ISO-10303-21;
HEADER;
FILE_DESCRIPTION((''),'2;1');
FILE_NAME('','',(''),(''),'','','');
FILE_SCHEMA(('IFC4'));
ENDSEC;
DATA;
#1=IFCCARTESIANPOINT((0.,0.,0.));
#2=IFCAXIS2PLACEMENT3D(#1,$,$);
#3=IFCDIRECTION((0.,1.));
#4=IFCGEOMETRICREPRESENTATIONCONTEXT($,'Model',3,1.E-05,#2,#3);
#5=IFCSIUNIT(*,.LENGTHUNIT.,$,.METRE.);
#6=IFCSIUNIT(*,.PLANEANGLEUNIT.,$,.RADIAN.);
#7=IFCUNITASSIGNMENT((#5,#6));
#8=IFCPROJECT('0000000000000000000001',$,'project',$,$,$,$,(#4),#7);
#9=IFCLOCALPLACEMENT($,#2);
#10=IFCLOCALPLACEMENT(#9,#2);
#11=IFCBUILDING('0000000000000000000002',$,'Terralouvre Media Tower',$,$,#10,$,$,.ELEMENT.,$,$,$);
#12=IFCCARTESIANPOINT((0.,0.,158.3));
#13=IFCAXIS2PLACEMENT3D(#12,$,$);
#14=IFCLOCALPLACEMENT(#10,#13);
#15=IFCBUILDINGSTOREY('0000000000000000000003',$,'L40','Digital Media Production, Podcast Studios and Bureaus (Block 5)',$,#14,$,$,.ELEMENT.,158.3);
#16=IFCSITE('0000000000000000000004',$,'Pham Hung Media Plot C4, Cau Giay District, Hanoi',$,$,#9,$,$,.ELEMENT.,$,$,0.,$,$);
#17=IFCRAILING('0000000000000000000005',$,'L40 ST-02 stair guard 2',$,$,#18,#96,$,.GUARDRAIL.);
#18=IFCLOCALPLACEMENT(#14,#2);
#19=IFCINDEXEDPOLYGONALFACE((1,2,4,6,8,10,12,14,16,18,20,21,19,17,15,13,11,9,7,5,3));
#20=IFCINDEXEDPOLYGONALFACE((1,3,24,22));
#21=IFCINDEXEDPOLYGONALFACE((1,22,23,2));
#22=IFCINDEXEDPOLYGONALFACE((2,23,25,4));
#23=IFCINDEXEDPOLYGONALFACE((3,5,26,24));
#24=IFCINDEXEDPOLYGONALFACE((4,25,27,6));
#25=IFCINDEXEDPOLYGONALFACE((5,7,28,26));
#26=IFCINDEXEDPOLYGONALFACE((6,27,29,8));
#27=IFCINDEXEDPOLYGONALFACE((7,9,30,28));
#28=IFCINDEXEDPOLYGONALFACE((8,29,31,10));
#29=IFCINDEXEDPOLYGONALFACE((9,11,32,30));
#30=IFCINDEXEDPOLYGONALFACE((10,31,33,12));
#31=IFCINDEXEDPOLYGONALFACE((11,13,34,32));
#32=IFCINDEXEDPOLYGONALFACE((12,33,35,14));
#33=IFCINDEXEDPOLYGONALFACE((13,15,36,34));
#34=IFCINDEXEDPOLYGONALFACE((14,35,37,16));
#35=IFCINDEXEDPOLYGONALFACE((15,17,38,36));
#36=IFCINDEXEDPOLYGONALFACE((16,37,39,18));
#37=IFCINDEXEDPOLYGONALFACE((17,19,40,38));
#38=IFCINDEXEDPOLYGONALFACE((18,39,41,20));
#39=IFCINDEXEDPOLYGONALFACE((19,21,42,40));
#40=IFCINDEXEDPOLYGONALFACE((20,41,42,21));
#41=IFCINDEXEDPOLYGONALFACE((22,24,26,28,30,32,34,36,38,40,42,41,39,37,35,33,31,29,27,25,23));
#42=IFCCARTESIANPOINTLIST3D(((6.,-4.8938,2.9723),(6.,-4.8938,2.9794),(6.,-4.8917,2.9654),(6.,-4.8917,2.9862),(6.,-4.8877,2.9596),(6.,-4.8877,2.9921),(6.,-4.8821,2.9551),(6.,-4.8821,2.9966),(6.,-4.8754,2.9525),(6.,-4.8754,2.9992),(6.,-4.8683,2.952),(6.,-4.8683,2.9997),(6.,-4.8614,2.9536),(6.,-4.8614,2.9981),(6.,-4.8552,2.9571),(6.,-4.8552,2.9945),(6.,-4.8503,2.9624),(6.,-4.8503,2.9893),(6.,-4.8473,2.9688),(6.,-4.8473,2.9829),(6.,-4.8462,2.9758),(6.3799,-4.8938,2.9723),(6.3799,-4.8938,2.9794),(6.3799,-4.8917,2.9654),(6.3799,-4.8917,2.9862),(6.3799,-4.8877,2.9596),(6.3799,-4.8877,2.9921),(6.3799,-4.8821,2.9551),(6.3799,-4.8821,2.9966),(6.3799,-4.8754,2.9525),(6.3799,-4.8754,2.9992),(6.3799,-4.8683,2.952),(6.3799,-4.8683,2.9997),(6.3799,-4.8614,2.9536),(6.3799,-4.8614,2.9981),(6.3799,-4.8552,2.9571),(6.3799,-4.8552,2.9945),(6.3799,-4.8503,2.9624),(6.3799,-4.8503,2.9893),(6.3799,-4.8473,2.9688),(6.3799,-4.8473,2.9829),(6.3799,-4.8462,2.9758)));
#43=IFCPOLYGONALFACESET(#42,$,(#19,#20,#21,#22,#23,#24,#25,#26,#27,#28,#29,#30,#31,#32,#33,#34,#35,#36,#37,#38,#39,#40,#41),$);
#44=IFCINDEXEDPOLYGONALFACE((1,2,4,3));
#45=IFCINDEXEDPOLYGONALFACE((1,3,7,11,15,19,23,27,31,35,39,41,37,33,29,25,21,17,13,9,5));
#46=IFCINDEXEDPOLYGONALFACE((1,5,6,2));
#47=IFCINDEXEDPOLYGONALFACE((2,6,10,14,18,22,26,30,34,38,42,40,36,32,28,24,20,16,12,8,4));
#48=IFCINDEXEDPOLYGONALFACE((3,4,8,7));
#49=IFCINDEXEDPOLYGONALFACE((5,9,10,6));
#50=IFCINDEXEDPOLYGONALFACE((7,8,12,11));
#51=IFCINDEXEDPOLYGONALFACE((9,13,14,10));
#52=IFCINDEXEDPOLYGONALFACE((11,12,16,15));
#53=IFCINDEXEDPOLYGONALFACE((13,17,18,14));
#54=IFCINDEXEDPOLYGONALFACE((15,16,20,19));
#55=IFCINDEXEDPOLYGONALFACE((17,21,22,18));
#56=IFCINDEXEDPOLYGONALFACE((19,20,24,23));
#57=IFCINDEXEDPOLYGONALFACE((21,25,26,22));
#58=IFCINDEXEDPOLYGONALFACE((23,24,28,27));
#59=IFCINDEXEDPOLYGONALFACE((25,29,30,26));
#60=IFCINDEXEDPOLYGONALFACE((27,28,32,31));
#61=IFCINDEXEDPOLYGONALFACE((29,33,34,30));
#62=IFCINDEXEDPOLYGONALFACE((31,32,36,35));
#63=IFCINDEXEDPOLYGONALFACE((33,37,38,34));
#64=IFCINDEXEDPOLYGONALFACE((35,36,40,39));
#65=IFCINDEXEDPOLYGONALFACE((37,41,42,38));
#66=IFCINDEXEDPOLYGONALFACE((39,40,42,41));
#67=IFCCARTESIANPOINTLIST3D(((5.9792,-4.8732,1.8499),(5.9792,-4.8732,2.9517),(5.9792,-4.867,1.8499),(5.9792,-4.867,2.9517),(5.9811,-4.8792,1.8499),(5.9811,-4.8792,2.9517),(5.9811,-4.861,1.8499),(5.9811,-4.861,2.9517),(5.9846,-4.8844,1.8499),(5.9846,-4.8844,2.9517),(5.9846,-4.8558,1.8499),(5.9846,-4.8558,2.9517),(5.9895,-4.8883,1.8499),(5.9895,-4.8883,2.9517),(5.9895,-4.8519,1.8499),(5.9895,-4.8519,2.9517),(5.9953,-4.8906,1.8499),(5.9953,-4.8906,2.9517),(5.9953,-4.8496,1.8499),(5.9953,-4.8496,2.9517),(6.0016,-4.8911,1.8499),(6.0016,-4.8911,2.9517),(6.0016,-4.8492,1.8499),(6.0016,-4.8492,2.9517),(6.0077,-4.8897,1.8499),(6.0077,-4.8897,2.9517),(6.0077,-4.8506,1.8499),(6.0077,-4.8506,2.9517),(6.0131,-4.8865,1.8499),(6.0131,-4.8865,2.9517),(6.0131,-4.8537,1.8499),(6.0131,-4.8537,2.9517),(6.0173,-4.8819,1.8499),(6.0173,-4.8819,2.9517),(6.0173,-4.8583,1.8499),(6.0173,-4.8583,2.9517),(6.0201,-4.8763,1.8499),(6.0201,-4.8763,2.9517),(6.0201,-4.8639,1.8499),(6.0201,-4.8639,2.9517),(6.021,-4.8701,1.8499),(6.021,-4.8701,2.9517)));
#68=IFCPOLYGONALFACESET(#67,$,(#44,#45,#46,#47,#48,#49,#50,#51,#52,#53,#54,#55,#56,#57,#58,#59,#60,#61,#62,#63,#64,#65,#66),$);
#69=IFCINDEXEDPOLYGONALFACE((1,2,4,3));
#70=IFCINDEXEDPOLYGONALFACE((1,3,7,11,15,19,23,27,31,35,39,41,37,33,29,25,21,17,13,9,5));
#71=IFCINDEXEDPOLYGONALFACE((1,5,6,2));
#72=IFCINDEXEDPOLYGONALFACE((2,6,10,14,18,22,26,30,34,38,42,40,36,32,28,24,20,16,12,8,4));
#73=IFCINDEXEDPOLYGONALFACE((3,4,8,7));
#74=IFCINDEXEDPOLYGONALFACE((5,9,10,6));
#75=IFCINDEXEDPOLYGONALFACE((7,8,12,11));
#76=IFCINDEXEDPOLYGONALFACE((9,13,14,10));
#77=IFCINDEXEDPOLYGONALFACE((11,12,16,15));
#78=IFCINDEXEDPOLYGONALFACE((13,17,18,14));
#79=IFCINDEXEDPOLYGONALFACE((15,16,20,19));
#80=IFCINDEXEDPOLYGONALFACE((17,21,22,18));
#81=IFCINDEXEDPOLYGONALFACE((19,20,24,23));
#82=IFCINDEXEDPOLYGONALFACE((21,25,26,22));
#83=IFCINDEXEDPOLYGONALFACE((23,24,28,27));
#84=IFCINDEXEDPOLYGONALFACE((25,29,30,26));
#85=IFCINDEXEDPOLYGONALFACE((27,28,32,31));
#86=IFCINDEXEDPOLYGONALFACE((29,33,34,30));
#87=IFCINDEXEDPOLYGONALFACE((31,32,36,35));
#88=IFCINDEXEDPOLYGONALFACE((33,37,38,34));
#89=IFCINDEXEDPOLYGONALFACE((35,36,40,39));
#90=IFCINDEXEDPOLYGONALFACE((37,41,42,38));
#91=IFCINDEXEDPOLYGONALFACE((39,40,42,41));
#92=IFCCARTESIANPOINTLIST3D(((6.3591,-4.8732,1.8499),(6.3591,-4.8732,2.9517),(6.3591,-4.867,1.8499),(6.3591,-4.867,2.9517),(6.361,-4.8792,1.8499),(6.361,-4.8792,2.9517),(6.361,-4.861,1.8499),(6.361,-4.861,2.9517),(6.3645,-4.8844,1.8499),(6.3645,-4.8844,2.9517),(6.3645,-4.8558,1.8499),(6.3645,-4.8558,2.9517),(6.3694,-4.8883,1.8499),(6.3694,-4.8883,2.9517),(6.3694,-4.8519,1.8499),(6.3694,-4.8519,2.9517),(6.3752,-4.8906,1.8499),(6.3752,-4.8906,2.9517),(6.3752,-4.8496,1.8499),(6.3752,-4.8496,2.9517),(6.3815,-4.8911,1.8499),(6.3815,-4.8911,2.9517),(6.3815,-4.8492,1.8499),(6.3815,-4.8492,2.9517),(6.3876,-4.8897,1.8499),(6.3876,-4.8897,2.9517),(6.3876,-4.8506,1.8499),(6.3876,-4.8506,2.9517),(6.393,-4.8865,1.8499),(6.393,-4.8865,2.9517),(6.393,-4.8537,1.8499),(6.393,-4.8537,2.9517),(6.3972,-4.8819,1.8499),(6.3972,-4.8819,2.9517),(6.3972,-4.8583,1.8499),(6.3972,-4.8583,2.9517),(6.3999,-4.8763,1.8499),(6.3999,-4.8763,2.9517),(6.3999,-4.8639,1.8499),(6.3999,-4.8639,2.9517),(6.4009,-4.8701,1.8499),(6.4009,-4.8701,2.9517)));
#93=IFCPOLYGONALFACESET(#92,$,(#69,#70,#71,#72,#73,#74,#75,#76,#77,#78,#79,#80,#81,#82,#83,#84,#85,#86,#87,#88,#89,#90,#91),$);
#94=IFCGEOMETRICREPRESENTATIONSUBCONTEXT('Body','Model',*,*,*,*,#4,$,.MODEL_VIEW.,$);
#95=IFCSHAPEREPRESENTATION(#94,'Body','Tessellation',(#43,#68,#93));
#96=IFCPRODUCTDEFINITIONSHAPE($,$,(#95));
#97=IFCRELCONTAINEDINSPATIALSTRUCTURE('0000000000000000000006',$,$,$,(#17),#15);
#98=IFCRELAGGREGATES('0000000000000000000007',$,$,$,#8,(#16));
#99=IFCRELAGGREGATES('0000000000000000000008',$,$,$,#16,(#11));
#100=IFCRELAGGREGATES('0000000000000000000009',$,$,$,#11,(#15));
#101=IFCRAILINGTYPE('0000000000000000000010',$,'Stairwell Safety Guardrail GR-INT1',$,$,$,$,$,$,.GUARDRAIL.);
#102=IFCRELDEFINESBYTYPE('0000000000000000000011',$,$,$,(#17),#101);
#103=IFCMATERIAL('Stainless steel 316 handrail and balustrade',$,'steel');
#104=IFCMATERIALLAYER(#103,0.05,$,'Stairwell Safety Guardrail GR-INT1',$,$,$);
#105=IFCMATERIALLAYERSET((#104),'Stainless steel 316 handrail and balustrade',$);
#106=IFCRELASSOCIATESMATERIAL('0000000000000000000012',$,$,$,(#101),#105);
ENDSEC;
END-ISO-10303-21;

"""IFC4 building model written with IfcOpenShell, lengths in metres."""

from ifc_helpers import new_model, si_unit, direction, frame, origin, origin_2d, place, context, subcontext, project, spatial, circle, extrude, material, layer, layer_set, type_object, element, save


model = new_model("IFC4")

# Units and contexts
model_context = context("Model", 3, precision=1e-05, world=origin(), true_north=direction((0.0, 1.0)))
body_context = subcontext(model_context, "Body", "Model", "MODEL_VIEW")
ifc_project = project(units=[si_unit("LENGTHUNIT", "METRE"), si_unit("PLANEANGLEUNIT", "RADIAN")], contexts=[model_context])

# Site, building, storey
site_placement = place(None, origin())
site = spatial("IfcSite", under=ifc_project, at=site_placement, Name="Pham Hung Media Plot C4, Cau Giay District, Hanoi", CompositionType="ELEMENT", RefElevation=0.0)
building_placement = place(site_placement, origin())
building = spatial("IfcBuilding", under=site, at=building_placement, Name="Terralouvre Media Tower", CompositionType="ELEMENT")
storey_placement = place(building_placement, frame((0.0, 0.0, 158.3)))
storey = spatial("IfcBuildingStorey", under=building, at=storey_placement, Name="L40", Description="Digital Media Production, Podcast Studios and Bureaus (Block 5)", CompositionType="ELEMENT", Elevation=158.3)

# Railing
ifc_material_1 = material(Name="Stainless steel 316 handrail and balustrade", Category="steel")
ifc_layer_1 = layer(ifc_material_1, 0.05, Name="Stairwell Safety Guardrail GR-INT1")
ifc_layer_set_1 = layer_set([ifc_layer_1], Name="Stainless steel 316 handrail and balustrade")
railing_type_1 = type_object("IfcRailingType", Name="Stairwell Safety Guardrail GR-INT1", PredefinedType="GUARDRAIL", material=ifc_layer_set_1)
railing_1_placement = place(storey_placement, frame((6.0, -4.8701, 1.8499)))
element("IfcRailing", 1, at=railing_1_placement, inside=storey, type_object=railing_type_1, Name="L40 ST-02 stair guard 2", PredefinedType="GUARDRAIL", context=body_context, shape_type="SweptSolid", body=[
    extrude(circle(Radius=0.0239, at=origin_2d()), frame((0.0, 0.0, 1.126), z_axis=(1.0, 0.0, 0.0), x_axis=(0.0, 1.0, 0.0)), (0.0, 0.0, 1.0), 0.3799),
    extrude(circle(Radius=0.021, at=origin_2d()), origin(), (0.0, 0.0, 1.0), 1.1018),
    extrude(circle(Radius=0.021, at=origin_2d()), frame((0.3799, 0.0, 0.0)), (0.0, 0.0, 1.0), 1.1018),
])

save(model, "model.ifc")
